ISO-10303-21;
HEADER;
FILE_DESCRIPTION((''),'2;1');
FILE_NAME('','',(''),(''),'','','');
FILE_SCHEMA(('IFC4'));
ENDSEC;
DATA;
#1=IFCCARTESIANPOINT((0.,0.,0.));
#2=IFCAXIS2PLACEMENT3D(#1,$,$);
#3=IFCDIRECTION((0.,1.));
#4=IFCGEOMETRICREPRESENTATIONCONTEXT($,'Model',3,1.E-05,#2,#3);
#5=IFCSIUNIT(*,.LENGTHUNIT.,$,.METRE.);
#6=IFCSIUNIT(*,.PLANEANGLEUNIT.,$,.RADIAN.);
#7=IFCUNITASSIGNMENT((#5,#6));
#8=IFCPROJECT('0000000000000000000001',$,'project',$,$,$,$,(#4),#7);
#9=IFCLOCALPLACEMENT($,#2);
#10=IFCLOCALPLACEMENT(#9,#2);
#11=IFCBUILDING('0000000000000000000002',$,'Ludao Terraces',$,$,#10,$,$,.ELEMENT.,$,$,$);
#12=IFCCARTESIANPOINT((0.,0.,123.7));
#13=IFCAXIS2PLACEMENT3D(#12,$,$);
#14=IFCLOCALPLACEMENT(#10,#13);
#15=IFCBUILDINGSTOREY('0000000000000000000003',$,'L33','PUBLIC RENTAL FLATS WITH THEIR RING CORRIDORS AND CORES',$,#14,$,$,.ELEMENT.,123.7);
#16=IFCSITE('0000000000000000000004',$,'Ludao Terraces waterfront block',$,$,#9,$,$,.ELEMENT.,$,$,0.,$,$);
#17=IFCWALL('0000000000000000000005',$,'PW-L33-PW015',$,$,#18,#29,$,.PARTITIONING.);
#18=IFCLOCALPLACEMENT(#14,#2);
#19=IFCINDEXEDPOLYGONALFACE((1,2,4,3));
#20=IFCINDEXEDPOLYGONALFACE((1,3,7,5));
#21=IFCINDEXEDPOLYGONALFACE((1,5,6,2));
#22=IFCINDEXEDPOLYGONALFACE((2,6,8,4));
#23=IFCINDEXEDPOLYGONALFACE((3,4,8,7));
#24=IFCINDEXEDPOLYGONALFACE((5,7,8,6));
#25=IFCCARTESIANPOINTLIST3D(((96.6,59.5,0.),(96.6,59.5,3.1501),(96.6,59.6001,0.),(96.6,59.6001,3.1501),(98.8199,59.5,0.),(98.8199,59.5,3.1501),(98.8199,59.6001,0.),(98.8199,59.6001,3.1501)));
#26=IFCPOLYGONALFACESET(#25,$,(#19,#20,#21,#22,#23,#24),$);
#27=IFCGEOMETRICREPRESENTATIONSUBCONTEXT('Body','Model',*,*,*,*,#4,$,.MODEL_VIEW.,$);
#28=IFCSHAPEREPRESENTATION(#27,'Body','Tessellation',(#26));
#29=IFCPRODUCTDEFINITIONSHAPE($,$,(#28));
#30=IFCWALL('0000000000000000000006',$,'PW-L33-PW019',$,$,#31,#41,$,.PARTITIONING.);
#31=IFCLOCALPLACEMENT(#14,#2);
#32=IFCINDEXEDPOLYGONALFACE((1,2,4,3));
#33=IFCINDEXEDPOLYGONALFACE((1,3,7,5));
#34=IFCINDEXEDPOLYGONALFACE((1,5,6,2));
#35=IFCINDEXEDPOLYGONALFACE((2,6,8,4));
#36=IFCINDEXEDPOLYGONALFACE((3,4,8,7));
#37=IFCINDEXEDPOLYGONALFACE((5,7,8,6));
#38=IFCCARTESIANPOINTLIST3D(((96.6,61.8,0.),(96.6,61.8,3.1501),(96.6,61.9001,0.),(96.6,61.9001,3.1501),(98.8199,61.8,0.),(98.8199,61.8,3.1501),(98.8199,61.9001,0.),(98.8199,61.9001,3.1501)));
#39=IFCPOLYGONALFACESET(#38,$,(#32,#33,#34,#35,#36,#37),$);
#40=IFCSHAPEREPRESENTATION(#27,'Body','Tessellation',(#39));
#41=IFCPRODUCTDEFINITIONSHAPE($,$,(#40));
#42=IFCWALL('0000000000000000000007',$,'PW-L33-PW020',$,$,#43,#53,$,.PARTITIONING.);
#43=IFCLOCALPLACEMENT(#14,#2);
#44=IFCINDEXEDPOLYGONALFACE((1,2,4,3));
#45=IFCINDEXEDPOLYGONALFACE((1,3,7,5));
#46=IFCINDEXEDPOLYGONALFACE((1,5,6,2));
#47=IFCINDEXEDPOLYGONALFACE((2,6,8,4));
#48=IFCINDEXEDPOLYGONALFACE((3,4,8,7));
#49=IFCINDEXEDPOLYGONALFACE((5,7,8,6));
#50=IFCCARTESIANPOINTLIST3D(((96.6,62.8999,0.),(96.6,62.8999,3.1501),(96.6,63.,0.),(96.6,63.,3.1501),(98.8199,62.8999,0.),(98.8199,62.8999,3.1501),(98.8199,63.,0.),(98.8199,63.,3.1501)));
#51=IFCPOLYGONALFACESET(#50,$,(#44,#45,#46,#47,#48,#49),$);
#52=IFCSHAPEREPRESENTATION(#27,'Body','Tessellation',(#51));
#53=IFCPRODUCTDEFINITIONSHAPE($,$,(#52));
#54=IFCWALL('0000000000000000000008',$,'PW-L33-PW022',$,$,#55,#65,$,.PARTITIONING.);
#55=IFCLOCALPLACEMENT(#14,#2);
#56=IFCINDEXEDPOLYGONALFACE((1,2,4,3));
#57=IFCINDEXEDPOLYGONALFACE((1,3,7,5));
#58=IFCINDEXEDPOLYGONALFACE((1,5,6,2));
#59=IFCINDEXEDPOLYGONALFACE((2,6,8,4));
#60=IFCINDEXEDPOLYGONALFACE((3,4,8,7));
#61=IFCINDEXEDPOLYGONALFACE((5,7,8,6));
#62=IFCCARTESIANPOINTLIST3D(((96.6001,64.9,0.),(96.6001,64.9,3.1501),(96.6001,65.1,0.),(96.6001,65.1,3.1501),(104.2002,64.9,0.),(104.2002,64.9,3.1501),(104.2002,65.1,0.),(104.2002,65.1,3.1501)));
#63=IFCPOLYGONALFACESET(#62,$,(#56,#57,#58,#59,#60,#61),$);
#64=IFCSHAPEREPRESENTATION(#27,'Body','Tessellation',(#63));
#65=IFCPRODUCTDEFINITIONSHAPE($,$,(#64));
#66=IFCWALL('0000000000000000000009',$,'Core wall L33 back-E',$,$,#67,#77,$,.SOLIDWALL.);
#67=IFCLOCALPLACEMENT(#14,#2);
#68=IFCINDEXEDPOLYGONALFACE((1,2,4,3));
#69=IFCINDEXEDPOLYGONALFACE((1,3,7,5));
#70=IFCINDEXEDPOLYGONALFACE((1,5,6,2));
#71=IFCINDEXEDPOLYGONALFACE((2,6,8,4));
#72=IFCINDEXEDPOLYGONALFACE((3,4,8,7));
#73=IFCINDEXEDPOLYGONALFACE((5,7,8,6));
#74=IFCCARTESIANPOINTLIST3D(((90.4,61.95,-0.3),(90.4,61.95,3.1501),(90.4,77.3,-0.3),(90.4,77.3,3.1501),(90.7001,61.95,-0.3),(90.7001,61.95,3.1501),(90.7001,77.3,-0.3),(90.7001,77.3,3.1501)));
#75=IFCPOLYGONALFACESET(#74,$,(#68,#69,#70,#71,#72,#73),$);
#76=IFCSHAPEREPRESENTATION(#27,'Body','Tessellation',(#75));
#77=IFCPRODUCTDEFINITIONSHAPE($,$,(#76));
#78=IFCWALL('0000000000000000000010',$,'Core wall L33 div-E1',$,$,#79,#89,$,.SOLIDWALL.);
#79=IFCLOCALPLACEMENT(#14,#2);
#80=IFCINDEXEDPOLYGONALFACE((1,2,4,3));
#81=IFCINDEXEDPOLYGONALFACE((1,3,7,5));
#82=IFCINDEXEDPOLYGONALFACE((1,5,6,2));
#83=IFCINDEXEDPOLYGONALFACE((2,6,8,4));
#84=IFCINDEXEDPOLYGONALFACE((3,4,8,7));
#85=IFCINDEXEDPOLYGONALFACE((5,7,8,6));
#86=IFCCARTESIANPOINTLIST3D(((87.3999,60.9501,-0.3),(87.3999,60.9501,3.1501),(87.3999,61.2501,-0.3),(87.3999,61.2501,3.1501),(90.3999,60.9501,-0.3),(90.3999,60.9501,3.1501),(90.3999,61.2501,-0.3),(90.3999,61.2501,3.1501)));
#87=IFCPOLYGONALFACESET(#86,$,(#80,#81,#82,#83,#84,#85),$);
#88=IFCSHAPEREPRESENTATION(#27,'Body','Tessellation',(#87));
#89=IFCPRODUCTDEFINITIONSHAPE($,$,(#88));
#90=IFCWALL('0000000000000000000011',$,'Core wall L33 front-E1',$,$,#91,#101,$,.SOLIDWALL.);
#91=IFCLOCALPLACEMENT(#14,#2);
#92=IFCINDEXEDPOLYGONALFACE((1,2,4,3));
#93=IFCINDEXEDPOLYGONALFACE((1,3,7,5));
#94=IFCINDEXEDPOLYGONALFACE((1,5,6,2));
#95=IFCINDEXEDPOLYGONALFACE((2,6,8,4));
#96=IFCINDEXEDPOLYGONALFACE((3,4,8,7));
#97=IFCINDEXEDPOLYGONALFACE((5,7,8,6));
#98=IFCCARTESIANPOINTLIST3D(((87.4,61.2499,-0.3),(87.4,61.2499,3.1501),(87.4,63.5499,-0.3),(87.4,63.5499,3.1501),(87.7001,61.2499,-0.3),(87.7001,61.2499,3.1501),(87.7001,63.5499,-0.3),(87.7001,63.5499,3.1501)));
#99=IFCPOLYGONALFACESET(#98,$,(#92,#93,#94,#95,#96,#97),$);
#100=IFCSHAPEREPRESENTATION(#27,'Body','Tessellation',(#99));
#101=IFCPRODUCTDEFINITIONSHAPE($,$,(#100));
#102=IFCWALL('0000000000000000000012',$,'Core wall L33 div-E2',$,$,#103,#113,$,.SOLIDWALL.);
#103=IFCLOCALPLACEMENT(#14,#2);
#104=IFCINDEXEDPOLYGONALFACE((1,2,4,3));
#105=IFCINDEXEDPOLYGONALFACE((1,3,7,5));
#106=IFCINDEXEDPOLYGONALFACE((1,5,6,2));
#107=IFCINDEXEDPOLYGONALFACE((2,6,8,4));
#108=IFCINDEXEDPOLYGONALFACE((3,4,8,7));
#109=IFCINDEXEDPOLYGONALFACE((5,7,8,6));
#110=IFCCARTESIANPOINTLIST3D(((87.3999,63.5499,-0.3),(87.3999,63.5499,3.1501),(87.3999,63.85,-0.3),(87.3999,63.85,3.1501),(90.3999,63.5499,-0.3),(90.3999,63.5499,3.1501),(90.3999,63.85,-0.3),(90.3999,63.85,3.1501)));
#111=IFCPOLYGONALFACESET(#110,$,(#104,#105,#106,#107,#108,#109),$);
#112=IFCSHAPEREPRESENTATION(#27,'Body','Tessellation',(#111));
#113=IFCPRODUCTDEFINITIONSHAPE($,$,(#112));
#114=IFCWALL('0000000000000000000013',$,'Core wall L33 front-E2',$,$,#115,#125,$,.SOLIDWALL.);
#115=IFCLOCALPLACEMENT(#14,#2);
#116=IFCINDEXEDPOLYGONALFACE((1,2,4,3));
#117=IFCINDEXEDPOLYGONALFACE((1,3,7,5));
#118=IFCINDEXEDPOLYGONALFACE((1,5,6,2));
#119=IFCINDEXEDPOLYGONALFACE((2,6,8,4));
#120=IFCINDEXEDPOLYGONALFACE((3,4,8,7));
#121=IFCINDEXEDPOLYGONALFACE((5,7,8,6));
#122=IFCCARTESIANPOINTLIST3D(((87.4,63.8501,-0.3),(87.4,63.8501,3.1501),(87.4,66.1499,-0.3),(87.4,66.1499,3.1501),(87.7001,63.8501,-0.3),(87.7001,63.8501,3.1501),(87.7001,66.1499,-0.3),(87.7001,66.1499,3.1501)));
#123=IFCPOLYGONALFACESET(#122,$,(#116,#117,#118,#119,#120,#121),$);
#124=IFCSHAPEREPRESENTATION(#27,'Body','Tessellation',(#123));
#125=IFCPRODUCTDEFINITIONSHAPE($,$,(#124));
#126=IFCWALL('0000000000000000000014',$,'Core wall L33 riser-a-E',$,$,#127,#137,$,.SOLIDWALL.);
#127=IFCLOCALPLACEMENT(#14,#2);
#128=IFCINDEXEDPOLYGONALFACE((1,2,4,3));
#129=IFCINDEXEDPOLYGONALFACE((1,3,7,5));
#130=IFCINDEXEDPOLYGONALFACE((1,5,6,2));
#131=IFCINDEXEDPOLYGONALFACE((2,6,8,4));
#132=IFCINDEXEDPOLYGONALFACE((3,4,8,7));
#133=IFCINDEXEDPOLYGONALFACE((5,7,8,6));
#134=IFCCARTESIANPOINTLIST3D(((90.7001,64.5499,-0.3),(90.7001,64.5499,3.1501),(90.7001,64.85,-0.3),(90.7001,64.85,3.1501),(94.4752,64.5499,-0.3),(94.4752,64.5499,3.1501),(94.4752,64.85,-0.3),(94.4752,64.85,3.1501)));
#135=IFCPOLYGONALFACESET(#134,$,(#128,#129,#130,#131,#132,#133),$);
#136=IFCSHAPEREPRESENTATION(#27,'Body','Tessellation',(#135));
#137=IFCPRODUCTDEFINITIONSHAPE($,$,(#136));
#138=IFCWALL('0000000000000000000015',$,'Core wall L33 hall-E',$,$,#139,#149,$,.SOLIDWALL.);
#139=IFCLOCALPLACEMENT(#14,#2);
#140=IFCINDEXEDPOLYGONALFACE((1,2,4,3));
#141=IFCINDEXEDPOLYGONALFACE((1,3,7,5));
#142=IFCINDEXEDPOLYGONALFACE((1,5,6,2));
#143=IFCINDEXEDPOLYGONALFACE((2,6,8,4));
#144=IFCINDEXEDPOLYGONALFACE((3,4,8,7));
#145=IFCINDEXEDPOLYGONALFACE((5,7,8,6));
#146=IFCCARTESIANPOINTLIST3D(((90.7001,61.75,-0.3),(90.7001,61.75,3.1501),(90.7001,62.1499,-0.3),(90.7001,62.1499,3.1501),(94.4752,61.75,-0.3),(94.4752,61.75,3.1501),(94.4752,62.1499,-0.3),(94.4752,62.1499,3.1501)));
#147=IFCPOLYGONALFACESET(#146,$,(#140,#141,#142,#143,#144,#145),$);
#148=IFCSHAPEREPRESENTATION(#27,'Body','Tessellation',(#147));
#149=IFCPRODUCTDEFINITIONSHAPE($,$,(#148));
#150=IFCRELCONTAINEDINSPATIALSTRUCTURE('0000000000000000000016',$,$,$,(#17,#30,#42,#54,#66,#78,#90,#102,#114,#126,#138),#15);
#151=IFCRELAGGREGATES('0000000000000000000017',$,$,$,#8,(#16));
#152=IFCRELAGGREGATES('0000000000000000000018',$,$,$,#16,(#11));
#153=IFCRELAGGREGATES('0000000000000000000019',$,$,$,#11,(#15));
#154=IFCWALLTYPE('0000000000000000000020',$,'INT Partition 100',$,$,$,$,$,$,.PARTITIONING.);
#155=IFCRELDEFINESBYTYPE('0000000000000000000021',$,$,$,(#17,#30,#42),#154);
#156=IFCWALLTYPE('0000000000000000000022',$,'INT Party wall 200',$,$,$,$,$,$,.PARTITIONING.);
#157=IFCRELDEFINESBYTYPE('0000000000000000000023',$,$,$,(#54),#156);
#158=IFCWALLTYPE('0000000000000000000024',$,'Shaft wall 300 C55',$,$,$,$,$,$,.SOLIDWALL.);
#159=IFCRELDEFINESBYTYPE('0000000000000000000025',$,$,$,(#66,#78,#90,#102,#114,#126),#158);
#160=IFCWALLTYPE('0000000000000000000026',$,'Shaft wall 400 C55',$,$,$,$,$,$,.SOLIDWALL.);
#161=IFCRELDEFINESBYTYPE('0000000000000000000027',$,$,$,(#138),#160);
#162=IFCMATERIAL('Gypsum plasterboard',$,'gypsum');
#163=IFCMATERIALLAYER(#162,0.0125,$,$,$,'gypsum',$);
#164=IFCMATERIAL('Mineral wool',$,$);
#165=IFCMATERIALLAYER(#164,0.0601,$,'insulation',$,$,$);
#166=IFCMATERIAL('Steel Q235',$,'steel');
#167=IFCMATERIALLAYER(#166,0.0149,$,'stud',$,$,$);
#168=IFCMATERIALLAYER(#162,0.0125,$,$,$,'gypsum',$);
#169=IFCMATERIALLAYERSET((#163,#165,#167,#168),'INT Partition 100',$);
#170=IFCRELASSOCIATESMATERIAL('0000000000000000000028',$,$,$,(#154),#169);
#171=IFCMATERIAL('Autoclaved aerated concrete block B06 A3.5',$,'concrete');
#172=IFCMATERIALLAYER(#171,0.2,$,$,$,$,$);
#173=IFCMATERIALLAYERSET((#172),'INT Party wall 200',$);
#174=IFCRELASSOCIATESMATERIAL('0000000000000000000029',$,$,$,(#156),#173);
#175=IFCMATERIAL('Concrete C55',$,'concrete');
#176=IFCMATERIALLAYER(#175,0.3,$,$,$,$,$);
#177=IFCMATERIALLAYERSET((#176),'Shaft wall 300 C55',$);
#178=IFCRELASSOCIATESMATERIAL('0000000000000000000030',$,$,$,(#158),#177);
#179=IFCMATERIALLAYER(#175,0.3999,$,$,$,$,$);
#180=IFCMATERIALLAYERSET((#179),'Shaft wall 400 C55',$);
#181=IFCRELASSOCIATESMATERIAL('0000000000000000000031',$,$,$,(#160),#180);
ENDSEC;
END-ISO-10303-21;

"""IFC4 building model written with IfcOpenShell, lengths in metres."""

from ifc_helpers import new_model, si_unit, direction, frame, frame_2d, origin, place, context, subcontext, project, spatial, rectangle, extrude, material, layer, layer_set, type_object, element, save


model = new_model("IFC4")

# Units and contexts
model_context = context("Model", 3, precision=1e-05, world=origin(), true_north=direction((0.0, 1.0)))
body_context = subcontext(model_context, "Body", "Model", "MODEL_VIEW")
ifc_project = project(units=[si_unit("LENGTHUNIT", "METRE"), si_unit("PLANEANGLEUNIT", "RADIAN")], contexts=[model_context])

# Site, building, storey
site_placement = place(None, origin())
site = spatial("IfcSite", under=ifc_project, at=site_placement, Name="Ludao Terraces waterfront block", CompositionType="ELEMENT", RefElevation=0.0)
building_placement = place(site_placement, origin())
building = spatial("IfcBuilding", under=site, at=building_placement, Name="Ludao Terraces", CompositionType="ELEMENT")
storey_placement = place(building_placement, frame((0.0, 0.0, 123.7)))
storey = spatial("IfcBuildingStorey", under=building, at=storey_placement, Name="L33", Description="PUBLIC RENTAL FLATS WITH THEIR RING CORRIDORS AND CORES", CompositionType="ELEMENT", Elevation=123.7)

# Shared definitions
ifc_material_1 = material(Name="Steel Q235", Category="steel")

# Shared definitions
ifc_material_2 = material(Name="Mineral wool")

# Walls
ifc_material_3 = material(Name="Gypsum plasterboard", Category="gypsum")
ifc_layer_1 = layer(ifc_material_3, 0.0125, Category="gypsum")
ifc_layer_2 = layer(ifc_material_2, 0.0601, Name="insulation")
ifc_layer_3 = layer(ifc_material_1, 0.0149, Name="stud")
ifc_layer_4 = layer(ifc_material_3, 0.0125, Category="gypsum")
ifc_layer_set_1 = layer_set([ifc_layer_1, ifc_layer_2, ifc_layer_3, ifc_layer_4], Name="INT Partition 100")
wall_type_1 = type_object("IfcWallType", Name="INT Partition 100", PredefinedType="PARTITIONING", material=ifc_layer_set_1)
for number, where, z_axis, x_axis, name in (
    (1, (96.6001, 59.55, 0.0), (0.0, 0.0, 1.0), (1.0, 0.0, 0.0), "PW-L33-PW015"),
    (2, (96.6001, 61.8501, 0.0), (0.0, 0.0, 1.0), (1.0, 0.0, 0.0), "PW-L33-PW019"),
    (3, (96.6001, 62.95, 0.0), (0.0, 0.0, 1.0), (1.0, 0.0, 0.0), "PW-L33-PW020"),
):
    element("IfcWall", number, at=place(storey_placement, frame(where, z_axis=z_axis, x_axis=x_axis)), inside=storey, type_object=wall_type_1, Name=name, PredefinedType="PARTITIONING", context=body_context, shape_type="SweptSolid", body=[
        extrude(rectangle(XDim=2.22, YDim=0.1001, at=frame_2d((1.1099, 0.0))), origin(), (0.0, 0.0, 1.0), 3.1501),
    ])
ifc_material_4 = material(Name="Autoclaved aerated concrete block B06 A3.5", Category="concrete")
ifc_layer_5 = layer(ifc_material_4, 0.2)
ifc_layer_set_2 = layer_set([ifc_layer_5], Name="INT Party wall 200")
wall_type_2 = type_object("IfcWallType", Name="INT Party wall 200", PredefinedType="PARTITIONING", material=ifc_layer_set_2)
wall_1_placement = place(storey_placement, frame((96.6001, 65.0, 0.0), z_axis=(0.0, 0.0, 1.0), x_axis=(1.0, 0.0, 0.0)))
element("IfcWall", 4, at=wall_1_placement, inside=storey, type_object=wall_type_2, Name="PW-L33-PW022", PredefinedType="PARTITIONING", context=body_context, shape_type="SweptSolid", body=[
    extrude(rectangle(XDim=7.6001, YDim=0.2, at=frame_2d((3.8, 0.0))), origin(), (0.0, 0.0, 1.0), 3.1501),
])
ifc_material_5 = material(Name="Concrete C55", Category="concrete")
ifc_layer_6 = layer(ifc_material_5, 0.3)
ifc_layer_set_3 = layer_set([ifc_layer_6], Name="Shaft wall 300 C55")
wall_type_3 = type_object("IfcWallType", Name="Shaft wall 300 C55", PredefinedType="SOLIDWALL", material=ifc_layer_set_3)
wall_2_placement = place(storey_placement, frame((90.55, 61.95, -0.3), z_axis=(0.0, 0.0, 1.0), x_axis=(0.0, 1.0, 0.0)))
element("IfcWall", 5, at=wall_2_placement, inside=storey, type_object=wall_type_3, Name="Core wall L33 back-E", PredefinedType="SOLIDWALL", context=body_context, shape_type="SweptSolid", body=[
    extrude(rectangle(XDim=15.3501, YDim=0.3, at=frame_2d((7.675, 0.0))), origin(), (0.0, 0.0, 1.0), 3.4502),
])
wall_3_placement = place(storey_placement, frame((87.3999, 61.1001, -0.3), z_axis=(0.0, 0.0, 1.0), x_axis=(1.0, 0.0, 0.0)))
element("IfcWall", 6, at=wall_3_placement, inside=storey, type_object=wall_type_3, Name="Core wall L33 div-E1", PredefinedType="SOLIDWALL", context=body_context, shape_type="SweptSolid", body=[
    extrude(rectangle(XDim=3.0, YDim=0.3, at=frame_2d((1.5, 0.0))), origin(), (0.0, 0.0, 1.0), 3.4502),
])
wall_4_placement = place(storey_placement, frame((87.55, 61.25, -0.3), z_axis=(0.0, 0.0, 1.0), x_axis=(0.0, 1.0, 0.0)))
element("IfcWall", 7, at=wall_4_placement, inside=storey, type_object=wall_type_3, Name="Core wall L33 front-E1", PredefinedType="SOLIDWALL", context=body_context, shape_type="SweptSolid", body=[
    extrude(rectangle(XDim=2.3, YDim=0.3, at=frame_2d((1.1499, 0.0))), origin(), (0.0, 0.0, 1.0), 3.4502),
])
wall_5_placement = place(storey_placement, frame((87.3999, 63.7, -0.3), z_axis=(0.0, 0.0, 1.0), x_axis=(1.0, 0.0, 0.0)))
element("IfcWall", 8, at=wall_5_placement, inside=storey, type_object=wall_type_3, Name="Core wall L33 div-E2", PredefinedType="SOLIDWALL", context=body_context, shape_type="SweptSolid", body=[
    extrude(rectangle(XDim=3.0, YDim=0.3, at=frame_2d((1.5, 0.0))), origin(), (0.0, 0.0, 1.0), 3.4502),
])
wall_6_placement = place(storey_placement, frame((87.55, 63.8501, -0.3), z_axis=(0.0, 0.0, 1.0), x_axis=(0.0, 1.0, 0.0)))
element("IfcWall", 9, at=wall_6_placement, inside=storey, type_object=wall_type_3, Name="Core wall L33 front-E2", PredefinedType="SOLIDWALL", context=body_context, shape_type="SweptSolid", body=[
    extrude(rectangle(XDim=2.2998, YDim=0.3, at=frame_2d((1.1499, 0.0))), origin(), (0.0, 0.0, 1.0), 3.4502),
])
wall_7_placement = place(storey_placement, frame((90.7, 64.7, -0.3), z_axis=(0.0, 0.0, 1.0), x_axis=(1.0, 0.0, 0.0)))
element("IfcWall", 10, at=wall_7_placement, inside=storey, type_object=wall_type_3, Name="Core wall L33 riser-a-E", PredefinedType="SOLIDWALL", context=body_context, shape_type="SweptSolid", body=[
    extrude(rectangle(XDim=3.7751, YDim=0.3, at=frame_2d((1.8877, 0.0))), origin(), (0.0, 0.0, 1.0), 3.4502),
])
ifc_layer_7 = layer(ifc_material_5, 0.3999)
ifc_layer_set_4 = layer_set([ifc_layer_7], Name="Shaft wall 400 C55")
wall_type_4 = type_object("IfcWallType", Name="Shaft wall 400 C55", PredefinedType="SOLIDWALL", material=ifc_layer_set_4)
wall_8_placement = place(storey_placement, frame((90.7, 61.95, -0.3), z_axis=(0.0, 0.0, 1.0), x_axis=(1.0, 0.0, 0.0)))
element("IfcWall", 11, at=wall_8_placement, inside=storey, type_object=wall_type_4, Name="Core wall L33 hall-E", PredefinedType="SOLIDWALL", context=body_context, shape_type="SweptSolid", body=[
    extrude(rectangle(XDim=3.7751, YDim=0.3999, at=frame_2d((1.8877, 0.0))), origin(), (0.0, 0.0, 1.0), 3.4502),
])

save(model, "model.ifc")
